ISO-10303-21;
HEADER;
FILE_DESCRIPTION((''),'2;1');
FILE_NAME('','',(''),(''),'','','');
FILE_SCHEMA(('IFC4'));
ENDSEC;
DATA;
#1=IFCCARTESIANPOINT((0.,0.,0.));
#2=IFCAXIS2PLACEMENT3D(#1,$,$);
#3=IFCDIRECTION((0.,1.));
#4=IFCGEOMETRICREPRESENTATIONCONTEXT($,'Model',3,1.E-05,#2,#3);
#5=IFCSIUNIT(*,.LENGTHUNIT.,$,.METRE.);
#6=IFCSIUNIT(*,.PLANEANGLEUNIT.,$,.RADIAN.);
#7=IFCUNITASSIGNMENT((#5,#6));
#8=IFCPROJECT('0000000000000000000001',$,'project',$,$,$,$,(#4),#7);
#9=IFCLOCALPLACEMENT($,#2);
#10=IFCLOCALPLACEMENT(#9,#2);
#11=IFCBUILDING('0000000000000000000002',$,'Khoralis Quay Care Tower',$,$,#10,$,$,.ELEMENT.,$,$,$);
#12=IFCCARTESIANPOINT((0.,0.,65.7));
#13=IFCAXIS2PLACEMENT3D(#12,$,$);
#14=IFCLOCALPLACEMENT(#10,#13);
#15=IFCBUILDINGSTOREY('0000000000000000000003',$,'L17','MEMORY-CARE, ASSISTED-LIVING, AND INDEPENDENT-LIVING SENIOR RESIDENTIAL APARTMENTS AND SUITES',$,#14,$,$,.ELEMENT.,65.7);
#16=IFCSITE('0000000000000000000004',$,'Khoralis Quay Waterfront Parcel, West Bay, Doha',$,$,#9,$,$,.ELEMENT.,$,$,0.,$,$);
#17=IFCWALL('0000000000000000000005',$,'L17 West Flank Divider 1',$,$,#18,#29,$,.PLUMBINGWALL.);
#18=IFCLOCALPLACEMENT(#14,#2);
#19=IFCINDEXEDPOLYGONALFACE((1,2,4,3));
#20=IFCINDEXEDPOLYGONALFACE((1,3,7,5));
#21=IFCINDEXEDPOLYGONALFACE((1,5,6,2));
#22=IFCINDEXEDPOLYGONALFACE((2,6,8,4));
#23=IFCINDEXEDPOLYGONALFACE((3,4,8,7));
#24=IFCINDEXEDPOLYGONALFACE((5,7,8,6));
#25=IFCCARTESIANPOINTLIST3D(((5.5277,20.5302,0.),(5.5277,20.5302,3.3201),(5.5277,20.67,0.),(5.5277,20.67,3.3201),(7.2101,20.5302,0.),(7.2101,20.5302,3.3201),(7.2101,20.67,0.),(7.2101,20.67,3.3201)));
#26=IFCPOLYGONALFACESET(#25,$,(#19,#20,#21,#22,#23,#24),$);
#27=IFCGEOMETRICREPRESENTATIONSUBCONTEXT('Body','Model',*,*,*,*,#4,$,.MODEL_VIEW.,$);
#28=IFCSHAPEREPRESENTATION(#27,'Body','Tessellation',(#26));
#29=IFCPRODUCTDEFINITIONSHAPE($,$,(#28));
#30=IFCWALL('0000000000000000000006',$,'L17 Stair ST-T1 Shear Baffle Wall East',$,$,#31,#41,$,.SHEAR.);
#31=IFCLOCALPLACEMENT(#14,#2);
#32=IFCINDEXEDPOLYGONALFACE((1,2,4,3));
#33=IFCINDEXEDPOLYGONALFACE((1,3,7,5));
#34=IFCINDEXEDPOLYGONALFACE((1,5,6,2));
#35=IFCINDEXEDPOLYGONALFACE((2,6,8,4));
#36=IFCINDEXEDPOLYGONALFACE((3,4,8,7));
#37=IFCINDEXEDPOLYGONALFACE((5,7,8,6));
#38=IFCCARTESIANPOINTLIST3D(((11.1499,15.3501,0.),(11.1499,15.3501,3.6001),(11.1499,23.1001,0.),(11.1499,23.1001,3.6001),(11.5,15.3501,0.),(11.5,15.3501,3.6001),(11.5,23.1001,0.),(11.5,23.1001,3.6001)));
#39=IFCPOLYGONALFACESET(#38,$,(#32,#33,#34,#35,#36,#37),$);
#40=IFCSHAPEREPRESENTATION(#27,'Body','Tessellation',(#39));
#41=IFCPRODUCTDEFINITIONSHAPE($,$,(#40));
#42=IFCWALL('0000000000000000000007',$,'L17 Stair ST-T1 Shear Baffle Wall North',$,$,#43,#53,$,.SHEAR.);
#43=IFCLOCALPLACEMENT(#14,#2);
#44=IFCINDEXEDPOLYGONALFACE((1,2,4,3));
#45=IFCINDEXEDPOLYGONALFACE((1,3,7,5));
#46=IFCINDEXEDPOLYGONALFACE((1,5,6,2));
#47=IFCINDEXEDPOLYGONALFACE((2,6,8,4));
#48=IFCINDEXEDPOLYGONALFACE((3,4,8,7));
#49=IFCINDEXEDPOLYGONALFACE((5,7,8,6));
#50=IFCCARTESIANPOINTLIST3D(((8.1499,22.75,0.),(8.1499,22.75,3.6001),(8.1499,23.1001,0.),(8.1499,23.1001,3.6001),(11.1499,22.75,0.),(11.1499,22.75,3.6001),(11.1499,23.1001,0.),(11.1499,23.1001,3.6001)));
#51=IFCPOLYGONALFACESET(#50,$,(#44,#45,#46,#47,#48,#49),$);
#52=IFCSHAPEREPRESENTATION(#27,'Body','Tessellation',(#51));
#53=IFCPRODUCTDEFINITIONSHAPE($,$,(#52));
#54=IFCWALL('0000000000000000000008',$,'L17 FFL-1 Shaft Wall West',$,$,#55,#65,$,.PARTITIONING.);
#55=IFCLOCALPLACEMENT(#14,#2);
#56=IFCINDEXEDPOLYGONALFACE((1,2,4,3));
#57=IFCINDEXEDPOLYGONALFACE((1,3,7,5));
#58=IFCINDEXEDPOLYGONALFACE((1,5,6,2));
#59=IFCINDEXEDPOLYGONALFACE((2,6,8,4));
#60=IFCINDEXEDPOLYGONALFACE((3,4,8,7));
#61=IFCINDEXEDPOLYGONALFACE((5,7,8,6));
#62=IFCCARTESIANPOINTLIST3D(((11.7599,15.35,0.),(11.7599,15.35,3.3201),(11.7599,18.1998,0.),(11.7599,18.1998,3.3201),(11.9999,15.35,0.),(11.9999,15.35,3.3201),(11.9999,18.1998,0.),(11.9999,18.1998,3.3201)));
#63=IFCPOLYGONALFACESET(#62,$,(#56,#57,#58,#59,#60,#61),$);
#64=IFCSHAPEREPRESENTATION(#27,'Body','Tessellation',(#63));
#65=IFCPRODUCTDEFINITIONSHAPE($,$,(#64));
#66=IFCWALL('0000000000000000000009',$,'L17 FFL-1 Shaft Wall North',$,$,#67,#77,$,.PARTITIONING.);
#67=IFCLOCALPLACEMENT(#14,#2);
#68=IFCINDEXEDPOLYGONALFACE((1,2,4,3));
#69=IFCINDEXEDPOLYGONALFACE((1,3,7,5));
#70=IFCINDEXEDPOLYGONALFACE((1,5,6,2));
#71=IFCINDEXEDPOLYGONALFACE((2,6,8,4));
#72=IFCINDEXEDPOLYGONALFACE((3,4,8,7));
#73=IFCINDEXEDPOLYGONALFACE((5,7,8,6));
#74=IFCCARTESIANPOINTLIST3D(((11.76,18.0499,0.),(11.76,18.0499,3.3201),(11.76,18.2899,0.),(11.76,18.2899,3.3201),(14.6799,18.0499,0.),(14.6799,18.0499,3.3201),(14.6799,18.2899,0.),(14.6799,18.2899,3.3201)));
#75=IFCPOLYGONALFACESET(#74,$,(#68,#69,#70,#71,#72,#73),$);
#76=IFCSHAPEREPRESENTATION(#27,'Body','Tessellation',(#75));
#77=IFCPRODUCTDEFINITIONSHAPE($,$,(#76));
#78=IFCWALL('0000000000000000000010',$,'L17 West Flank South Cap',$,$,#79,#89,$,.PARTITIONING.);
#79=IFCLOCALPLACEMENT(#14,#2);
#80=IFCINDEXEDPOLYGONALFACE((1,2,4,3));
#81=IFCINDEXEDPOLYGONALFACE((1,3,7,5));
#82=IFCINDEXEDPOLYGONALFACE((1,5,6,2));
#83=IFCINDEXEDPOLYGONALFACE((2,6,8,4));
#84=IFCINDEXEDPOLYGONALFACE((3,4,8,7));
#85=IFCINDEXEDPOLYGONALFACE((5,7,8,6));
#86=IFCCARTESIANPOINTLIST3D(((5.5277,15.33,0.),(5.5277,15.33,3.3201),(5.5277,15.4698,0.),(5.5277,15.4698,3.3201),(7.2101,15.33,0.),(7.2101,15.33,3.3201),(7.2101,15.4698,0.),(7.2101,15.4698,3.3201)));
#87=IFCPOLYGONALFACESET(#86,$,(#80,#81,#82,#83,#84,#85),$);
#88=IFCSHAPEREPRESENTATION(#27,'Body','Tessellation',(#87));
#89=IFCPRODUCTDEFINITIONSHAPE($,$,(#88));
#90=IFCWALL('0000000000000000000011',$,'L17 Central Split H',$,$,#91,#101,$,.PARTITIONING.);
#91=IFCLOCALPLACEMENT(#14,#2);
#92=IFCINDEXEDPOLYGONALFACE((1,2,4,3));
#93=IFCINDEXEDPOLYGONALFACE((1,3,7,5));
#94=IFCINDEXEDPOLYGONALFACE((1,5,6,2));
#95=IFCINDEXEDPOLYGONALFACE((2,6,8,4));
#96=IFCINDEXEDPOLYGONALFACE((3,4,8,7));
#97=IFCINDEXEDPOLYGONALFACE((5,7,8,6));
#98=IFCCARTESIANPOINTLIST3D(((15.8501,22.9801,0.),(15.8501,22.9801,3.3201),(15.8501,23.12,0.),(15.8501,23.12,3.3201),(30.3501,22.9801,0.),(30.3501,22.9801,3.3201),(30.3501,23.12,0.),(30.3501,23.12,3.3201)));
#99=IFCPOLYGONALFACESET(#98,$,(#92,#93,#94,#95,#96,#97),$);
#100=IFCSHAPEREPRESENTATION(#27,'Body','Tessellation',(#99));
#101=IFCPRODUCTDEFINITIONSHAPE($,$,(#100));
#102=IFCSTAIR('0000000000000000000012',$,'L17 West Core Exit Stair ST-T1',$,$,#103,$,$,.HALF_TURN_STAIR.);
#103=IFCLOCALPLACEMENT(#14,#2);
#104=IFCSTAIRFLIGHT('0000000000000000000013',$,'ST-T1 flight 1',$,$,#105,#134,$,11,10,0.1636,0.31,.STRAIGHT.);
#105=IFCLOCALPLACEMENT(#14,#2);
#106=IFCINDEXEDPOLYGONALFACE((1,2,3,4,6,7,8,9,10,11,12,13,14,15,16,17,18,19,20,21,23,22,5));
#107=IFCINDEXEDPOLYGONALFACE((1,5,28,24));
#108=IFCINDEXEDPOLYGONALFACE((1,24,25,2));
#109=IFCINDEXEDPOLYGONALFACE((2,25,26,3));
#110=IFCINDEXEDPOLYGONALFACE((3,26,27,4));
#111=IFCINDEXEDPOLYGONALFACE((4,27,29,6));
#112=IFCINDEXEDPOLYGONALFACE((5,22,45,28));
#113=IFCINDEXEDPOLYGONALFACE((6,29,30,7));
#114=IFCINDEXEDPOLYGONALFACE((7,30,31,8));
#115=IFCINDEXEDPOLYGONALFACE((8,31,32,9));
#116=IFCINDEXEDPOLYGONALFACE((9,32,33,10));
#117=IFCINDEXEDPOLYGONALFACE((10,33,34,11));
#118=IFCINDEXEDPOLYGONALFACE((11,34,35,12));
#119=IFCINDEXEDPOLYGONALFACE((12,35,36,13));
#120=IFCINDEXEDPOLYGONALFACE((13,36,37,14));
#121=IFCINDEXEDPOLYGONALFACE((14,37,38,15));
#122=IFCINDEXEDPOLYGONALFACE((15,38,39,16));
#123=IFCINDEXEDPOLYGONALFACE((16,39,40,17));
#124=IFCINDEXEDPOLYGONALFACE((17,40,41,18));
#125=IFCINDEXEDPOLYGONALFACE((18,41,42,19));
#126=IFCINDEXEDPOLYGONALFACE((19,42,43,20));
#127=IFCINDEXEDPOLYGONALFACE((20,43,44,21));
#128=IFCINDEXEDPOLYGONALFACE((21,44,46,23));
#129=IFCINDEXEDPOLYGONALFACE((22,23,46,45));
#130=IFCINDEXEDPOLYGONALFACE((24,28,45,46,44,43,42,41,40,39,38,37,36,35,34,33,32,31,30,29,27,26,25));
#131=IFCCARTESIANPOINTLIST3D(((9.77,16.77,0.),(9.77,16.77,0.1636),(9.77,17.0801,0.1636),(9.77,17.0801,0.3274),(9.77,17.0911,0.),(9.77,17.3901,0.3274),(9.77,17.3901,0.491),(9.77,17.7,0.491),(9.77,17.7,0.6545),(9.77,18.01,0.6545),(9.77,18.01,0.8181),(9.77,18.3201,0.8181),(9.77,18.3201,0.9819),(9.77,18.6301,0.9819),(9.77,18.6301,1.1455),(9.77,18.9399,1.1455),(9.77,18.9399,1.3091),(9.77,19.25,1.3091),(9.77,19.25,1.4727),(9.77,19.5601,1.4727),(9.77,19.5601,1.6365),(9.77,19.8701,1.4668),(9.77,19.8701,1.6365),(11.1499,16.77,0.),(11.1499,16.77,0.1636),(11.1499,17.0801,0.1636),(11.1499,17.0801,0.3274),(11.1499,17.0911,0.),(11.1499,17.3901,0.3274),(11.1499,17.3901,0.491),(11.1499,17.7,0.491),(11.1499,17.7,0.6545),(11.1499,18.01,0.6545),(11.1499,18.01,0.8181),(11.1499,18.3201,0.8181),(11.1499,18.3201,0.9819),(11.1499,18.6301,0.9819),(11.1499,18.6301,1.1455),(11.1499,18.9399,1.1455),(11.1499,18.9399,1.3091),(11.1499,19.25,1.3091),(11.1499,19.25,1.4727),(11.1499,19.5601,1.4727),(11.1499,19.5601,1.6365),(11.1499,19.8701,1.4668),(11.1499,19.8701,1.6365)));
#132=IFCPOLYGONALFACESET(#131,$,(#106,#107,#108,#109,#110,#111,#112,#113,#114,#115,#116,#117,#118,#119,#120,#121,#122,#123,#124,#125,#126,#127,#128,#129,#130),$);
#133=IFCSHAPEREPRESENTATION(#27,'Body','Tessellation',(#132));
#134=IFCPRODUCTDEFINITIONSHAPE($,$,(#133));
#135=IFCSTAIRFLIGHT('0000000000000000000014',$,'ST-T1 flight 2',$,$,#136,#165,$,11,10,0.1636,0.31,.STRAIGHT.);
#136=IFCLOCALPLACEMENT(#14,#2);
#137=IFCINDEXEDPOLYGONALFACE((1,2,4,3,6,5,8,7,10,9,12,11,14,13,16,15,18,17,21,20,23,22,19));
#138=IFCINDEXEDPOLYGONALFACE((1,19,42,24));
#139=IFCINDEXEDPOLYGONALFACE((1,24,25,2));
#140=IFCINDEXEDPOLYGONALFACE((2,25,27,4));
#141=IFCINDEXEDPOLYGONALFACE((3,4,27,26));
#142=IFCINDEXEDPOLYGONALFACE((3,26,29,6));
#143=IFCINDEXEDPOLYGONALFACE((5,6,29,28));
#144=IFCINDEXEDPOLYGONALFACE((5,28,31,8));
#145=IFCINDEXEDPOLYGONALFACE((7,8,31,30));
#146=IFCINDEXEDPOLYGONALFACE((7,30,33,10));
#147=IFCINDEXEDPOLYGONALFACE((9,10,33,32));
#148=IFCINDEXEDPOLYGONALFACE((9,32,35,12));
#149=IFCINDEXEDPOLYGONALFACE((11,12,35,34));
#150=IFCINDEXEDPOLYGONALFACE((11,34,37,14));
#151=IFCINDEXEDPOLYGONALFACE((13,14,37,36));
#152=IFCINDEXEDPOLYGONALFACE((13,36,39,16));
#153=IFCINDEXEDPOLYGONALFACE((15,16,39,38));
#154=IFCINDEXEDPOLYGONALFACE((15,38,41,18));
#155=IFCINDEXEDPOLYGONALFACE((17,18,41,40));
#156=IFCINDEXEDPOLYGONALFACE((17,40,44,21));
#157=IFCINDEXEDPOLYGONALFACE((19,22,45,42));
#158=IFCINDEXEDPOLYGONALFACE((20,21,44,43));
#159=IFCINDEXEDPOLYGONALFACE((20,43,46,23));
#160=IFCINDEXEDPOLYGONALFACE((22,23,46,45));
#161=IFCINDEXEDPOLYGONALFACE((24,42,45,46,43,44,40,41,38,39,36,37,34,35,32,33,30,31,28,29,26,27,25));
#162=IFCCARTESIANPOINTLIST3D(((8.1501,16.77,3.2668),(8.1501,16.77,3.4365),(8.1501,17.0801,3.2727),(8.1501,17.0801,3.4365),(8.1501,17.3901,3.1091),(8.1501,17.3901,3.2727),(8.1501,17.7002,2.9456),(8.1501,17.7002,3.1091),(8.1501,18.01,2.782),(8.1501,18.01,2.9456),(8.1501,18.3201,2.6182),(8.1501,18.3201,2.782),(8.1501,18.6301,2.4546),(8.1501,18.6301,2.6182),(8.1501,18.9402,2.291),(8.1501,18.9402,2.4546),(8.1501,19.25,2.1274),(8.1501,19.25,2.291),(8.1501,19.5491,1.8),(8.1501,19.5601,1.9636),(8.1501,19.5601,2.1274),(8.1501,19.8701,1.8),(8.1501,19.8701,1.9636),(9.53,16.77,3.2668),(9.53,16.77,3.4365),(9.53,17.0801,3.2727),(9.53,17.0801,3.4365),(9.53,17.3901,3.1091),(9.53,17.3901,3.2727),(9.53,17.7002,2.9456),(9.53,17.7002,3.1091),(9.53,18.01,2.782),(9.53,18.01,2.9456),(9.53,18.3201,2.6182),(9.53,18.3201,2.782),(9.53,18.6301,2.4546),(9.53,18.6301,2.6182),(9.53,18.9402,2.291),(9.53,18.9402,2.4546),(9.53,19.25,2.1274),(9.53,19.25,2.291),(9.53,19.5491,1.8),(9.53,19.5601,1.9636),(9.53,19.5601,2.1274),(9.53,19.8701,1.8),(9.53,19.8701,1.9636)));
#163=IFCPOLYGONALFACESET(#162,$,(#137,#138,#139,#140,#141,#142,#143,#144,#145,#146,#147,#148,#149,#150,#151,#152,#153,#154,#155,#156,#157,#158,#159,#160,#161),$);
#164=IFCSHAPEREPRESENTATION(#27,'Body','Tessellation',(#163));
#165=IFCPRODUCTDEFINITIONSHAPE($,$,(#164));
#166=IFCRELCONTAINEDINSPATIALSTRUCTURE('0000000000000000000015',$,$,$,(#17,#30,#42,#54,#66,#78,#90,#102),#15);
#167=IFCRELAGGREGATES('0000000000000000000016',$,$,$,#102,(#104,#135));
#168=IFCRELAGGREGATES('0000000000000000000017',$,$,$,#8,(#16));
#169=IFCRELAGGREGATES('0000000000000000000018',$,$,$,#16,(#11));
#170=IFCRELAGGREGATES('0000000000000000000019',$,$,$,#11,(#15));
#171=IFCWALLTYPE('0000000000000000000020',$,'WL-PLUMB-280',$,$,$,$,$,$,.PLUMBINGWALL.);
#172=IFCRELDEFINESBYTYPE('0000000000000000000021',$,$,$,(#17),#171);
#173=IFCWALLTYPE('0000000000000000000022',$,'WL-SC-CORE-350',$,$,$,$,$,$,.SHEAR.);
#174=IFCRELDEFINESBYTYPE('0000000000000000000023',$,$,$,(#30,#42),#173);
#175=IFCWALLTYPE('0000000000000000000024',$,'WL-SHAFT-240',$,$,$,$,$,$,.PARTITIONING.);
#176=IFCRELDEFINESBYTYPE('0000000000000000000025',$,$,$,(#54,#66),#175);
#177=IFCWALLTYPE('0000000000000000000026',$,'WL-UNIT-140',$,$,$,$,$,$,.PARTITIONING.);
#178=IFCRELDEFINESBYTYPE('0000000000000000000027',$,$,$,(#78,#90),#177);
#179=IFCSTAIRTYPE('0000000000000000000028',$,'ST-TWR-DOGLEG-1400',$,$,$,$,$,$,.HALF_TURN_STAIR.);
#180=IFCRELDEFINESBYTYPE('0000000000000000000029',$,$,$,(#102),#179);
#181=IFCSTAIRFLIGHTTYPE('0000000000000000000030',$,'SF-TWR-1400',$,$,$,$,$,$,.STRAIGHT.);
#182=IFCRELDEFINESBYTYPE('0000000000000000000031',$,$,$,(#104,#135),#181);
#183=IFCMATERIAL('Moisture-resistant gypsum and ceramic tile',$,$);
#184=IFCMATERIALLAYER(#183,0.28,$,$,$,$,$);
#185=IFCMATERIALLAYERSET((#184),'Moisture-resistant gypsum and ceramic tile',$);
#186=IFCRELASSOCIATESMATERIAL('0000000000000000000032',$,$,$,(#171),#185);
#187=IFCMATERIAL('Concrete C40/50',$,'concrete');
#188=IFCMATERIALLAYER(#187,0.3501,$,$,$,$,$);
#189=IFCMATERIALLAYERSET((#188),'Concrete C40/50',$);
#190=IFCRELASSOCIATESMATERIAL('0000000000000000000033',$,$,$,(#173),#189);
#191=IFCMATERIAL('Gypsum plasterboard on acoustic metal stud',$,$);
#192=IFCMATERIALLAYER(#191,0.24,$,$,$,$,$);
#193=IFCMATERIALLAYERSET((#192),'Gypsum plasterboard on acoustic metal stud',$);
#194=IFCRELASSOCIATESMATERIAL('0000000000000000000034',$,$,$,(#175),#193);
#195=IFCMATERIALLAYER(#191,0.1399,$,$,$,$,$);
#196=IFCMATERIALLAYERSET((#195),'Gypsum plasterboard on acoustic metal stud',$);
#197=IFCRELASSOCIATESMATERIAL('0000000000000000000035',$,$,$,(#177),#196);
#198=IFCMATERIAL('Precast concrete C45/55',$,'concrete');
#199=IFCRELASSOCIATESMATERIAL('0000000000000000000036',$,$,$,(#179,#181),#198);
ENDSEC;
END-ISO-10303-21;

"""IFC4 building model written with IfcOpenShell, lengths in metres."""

from ifc_helpers import new_model, si_unit, direction, frame, frame_2d, origin, place, context, subcontext, project, spatial, polyline, rectangle, outline, extrude, source, transform, mapped, material, layer, layer_set, type_object, element, aggregate, save


model = new_model("IFC4")

# Units and contexts
model_context = context("Model", 3, precision=1e-05, world=origin(), true_north=direction((0.0, 1.0)))
body_context = subcontext(model_context, "Body", "Model", "MODEL_VIEW")
ifc_project = project(units=[si_unit("LENGTHUNIT", "METRE"), si_unit("PLANEANGLEUNIT", "RADIAN")], contexts=[model_context])

# Site, building, storey
site_placement = place(None, origin())
site = spatial("IfcSite", under=ifc_project, at=site_placement, Name="Khoralis Quay Waterfront Parcel, West Bay, Doha", CompositionType="ELEMENT", RefElevation=0.0)
building_placement = place(site_placement, origin())
building = spatial("IfcBuilding", under=site, at=building_placement, Name="Khoralis Quay Care Tower", CompositionType="ELEMENT")
storey_placement = place(building_placement, frame((0.0, 0.0, 65.7)))
storey = spatial("IfcBuildingStorey", under=building, at=storey_placement, Name="L17", Description="MEMORY-CARE, ASSISTED-LIVING, AND INDEPENDENT-LIVING SENIOR RESIDENTIAL APARTMENTS AND SUITES", CompositionType="ELEMENT", Elevation=65.7)

# Shared definitions
ifc_material_1 = material(Name="Gypsum plasterboard on acoustic metal stud")

# Walls
ifc_material_2 = material(Name="Moisture-resistant gypsum and ceramic tile")
ifc_layer_1 = layer(ifc_material_2, 0.28)
ifc_layer_set_1 = layer_set([ifc_layer_1], Name="Moisture-resistant gypsum and ceramic tile")
wall_type_1 = type_object("IfcWallType", Name="WL-PLUMB-280", PredefinedType="PLUMBINGWALL", material=ifc_layer_set_1)
wall_1_placement = place(storey_placement, frame((5.5276, 20.6001, 0.0), z_axis=(0.0, 0.0, 1.0), x_axis=(1.0, 0.0, 0.0)))
element("IfcWall", 1, at=wall_1_placement, inside=storey, type_object=wall_type_1, Name="L17 West Flank Divider 1", PredefinedType="PLUMBINGWALL", context=body_context, shape_type="SweptSolid", body=[
    extrude(rectangle(XDim=1.6824, YDim=0.1399, at=frame_2d((0.8413, 0.0))), origin(), (0.0, 0.0, 1.0), 3.3201),
])
ifc_material_3 = material(Name="Concrete C40/50", Category="concrete")
ifc_layer_2 = layer(ifc_material_3, 0.3501)
ifc_layer_set_2 = layer_set([ifc_layer_2], Name="Concrete C40/50")
wall_type_2 = type_object("IfcWallType", Name="WL-SC-CORE-350", PredefinedType="SHEAR", material=ifc_layer_set_2)
wall_2_placement = place(storey_placement, frame((11.325, 15.3501, 0.0), z_axis=(0.0, 0.0, 1.0), x_axis=(0.0, 1.0, 0.0)))
element("IfcWall", 2, at=wall_2_placement, inside=storey, type_object=wall_type_2, Name="L17 Stair ST-T1 Shear Baffle Wall East", PredefinedType="SHEAR", context=body_context, shape_type="SweptSolid", body=[
    extrude(rectangle(XDim=7.75, YDim=0.3501, at=frame_2d((3.875, 0.0))), origin(), (0.0, 0.0, 1.0), 3.6001),
])
wall_3_placement = place(storey_placement, frame((8.1499, 22.925, 0.0), z_axis=(0.0, 0.0, 1.0), x_axis=(1.0, 0.0, 0.0)))
element("IfcWall", 3, at=wall_3_placement, inside=storey, type_object=wall_type_2, Name="L17 Stair ST-T1 Shear Baffle Wall North", PredefinedType="SHEAR", context=body_context, shape_type="SweptSolid", body=[
    extrude(rectangle(XDim=3.0, YDim=0.3501, at=frame_2d((1.5, 0.0))), origin(), (0.0, 0.0, 1.0), 3.6001),
])
ifc_layer_3 = layer(ifc_material_1, 0.24)
ifc_layer_set_3 = layer_set([ifc_layer_3], Name="Gypsum plasterboard on acoustic metal stud")
wall_type_3 = type_object("IfcWallType", Name="WL-SHAFT-240", PredefinedType="PARTITIONING", material=ifc_layer_set_3)
wall_4_placement = place(storey_placement, frame((11.8799, 15.3501, 0.0), z_axis=(0.0, 0.0, 1.0), x_axis=(0.0, 1.0, 0.0)))
element("IfcWall", 4, at=wall_4_placement, inside=storey, type_object=wall_type_3, Name="L17 FFL-1 Shaft Wall West", PredefinedType="PARTITIONING", context=body_context, shape_type="SweptSolid", body=[
    extrude(rectangle(XDim=2.8499, YDim=0.24, at=frame_2d((1.4248, 0.0))), origin(), (0.0, 0.0, 1.0), 3.3201),
])
wall_5_placement = place(storey_placement, frame((11.76, 18.1699, 0.0), z_axis=(0.0, 0.0, 1.0), x_axis=(1.0, 0.0, 0.0)))
element("IfcWall", 5, at=wall_5_placement, inside=storey, type_object=wall_type_3, Name="L17 FFL-1 Shaft Wall North", PredefinedType="PARTITIONING", context=body_context, shape_type="SweptSolid", body=[
    extrude(rectangle(XDim=2.9199, YDim=0.24, at=frame_2d((1.46, 0.0))), origin(), (0.0, 0.0, 1.0), 3.3201),
])
ifc_layer_4 = layer(ifc_material_1, 0.1399)
ifc_layer_set_4 = layer_set([ifc_layer_4], Name="Gypsum plasterboard on acoustic metal stud")
wall_type_4 = type_object("IfcWallType", Name="WL-UNIT-140", PredefinedType="PARTITIONING", material=ifc_layer_set_4)
wall_6_placement = place(storey_placement, frame((5.5276, 15.3999, 0.0), z_axis=(0.0, 0.0, 1.0), x_axis=(1.0, 0.0, 0.0)))
element("IfcWall", 6, at=wall_6_placement, inside=storey, type_object=wall_type_4, Name="L17 West Flank South Cap", PredefinedType="PARTITIONING", context=body_context, shape_type="SweptSolid", body=[
    extrude(rectangle(XDim=1.6824, YDim=0.1399, at=frame_2d((0.8413, 0.0))), origin(), (0.0, 0.0, 1.0), 3.3201),
])
wall_7_placement = place(storey_placement, frame((15.8501, 23.05, 0.0), z_axis=(0.0, 0.0, 1.0), x_axis=(1.0, 0.0, 0.0)))
element("IfcWall", 7, at=wall_7_placement, inside=storey, type_object=wall_type_4, Name="L17 Central Split H", PredefinedType="PARTITIONING", context=body_context, shape_type="SweptSolid", body=[
    extrude(rectangle(XDim=14.5, YDim=0.1399, at=frame_2d((7.25, 0.0))), origin(), (0.0, 0.0, 1.0), 3.3201),
])

# Stair, stair flights
ifc_material_4 = material(Name="Precast concrete C45/55", Category="concrete")
stair_type = type_object("IfcStairType", Name="ST-TWR-DOGLEG-1400", PredefinedType="HALF_TURN_STAIR", material=ifc_material_4)
stair_placement = place(storey_placement, origin())
stair = element("IfcStair", 8, at=stair_placement, inside=storey, type_object=stair_type, Name="L17 West Core Exit Stair ST-T1", PredefinedType="HALF_TURN_STAIR")
stair_flight_type = type_object("IfcStairFlightType", Name="SF-TWR-1400", PredefinedType="STRAIGHT", material=ifc_material_4)
shared_shape_1 = source(origin(), body_context, "Body", "SweptSolid", [
    extrude(outline(polyline([(0.0, 0.0), (0.0, 0.1636), (0.3101, 0.1636), (0.3101, 0.3274), (0.6201, 0.3274), (0.6201, 0.491), (0.9299, 0.491), (0.9299, 0.6545), (1.24, 0.6545), (1.24, 0.8181), (1.55, 0.8181), (1.55, 0.9819), (1.8601, 0.9819), (1.8601, 1.1455), (2.1699, 1.1455), (2.1699, 1.3091), (2.48, 1.3091), (2.48, 1.4727), (2.79, 1.4727), (2.79, 1.6365), (3.1001, 1.6365), (3.1001, 1.8), (3.1001, 1.4668), (0.321, 0.0), (0.0, 0.0)])), frame((0.0, 0.6899, 0.0), z_axis=(0.0, -1.0, 0.0), x_axis=(1.0, 0.0, 0.0)), (0.0, 0.0, 1.0), 1.3799),
])
stair_flight_1_placement = place(storey_placement, frame((10.46, 16.77, 0.0), z_axis=(0.0, 0.0, 1.0), x_axis=(0.0, 1.0, 0.0)))
stair_flight_1 = element("IfcStairFlight", 9, at=stair_flight_1_placement, type_object=stair_flight_type, Name="ST-T1 flight 1", NumberOfRisers=11, NumberOfTreads=10, PredefinedType="STRAIGHT", RiserHeight=0.1636, TreadLength=0.31, context=body_context, shape_type="MappedRepresentation", body=[
    mapped(shared_shape_1, transform((0.0, 0.0, 0.0), scale=1.0)),
])
stair_flight_2_placement = place(storey_placement, frame((8.8401, 19.8701, 1.8), z_axis=(0.0, 0.0, 1.0), x_axis=(0.0, -1.0, 0.0)))
stair_flight_2 = element("IfcStairFlight", 10, at=stair_flight_2_placement, type_object=stair_flight_type, Name="ST-T1 flight 2", NumberOfRisers=11, NumberOfTreads=10, PredefinedType="STRAIGHT", RiserHeight=0.1636, TreadLength=0.31, context=body_context, shape_type="MappedRepresentation", body=[
    mapped(shared_shape_1, transform((0.0, 0.0, 0.0), scale=1.0)),
])
aggregate(stair, [stair_flight_1, stair_flight_2])

save(model, "model.ifc")
